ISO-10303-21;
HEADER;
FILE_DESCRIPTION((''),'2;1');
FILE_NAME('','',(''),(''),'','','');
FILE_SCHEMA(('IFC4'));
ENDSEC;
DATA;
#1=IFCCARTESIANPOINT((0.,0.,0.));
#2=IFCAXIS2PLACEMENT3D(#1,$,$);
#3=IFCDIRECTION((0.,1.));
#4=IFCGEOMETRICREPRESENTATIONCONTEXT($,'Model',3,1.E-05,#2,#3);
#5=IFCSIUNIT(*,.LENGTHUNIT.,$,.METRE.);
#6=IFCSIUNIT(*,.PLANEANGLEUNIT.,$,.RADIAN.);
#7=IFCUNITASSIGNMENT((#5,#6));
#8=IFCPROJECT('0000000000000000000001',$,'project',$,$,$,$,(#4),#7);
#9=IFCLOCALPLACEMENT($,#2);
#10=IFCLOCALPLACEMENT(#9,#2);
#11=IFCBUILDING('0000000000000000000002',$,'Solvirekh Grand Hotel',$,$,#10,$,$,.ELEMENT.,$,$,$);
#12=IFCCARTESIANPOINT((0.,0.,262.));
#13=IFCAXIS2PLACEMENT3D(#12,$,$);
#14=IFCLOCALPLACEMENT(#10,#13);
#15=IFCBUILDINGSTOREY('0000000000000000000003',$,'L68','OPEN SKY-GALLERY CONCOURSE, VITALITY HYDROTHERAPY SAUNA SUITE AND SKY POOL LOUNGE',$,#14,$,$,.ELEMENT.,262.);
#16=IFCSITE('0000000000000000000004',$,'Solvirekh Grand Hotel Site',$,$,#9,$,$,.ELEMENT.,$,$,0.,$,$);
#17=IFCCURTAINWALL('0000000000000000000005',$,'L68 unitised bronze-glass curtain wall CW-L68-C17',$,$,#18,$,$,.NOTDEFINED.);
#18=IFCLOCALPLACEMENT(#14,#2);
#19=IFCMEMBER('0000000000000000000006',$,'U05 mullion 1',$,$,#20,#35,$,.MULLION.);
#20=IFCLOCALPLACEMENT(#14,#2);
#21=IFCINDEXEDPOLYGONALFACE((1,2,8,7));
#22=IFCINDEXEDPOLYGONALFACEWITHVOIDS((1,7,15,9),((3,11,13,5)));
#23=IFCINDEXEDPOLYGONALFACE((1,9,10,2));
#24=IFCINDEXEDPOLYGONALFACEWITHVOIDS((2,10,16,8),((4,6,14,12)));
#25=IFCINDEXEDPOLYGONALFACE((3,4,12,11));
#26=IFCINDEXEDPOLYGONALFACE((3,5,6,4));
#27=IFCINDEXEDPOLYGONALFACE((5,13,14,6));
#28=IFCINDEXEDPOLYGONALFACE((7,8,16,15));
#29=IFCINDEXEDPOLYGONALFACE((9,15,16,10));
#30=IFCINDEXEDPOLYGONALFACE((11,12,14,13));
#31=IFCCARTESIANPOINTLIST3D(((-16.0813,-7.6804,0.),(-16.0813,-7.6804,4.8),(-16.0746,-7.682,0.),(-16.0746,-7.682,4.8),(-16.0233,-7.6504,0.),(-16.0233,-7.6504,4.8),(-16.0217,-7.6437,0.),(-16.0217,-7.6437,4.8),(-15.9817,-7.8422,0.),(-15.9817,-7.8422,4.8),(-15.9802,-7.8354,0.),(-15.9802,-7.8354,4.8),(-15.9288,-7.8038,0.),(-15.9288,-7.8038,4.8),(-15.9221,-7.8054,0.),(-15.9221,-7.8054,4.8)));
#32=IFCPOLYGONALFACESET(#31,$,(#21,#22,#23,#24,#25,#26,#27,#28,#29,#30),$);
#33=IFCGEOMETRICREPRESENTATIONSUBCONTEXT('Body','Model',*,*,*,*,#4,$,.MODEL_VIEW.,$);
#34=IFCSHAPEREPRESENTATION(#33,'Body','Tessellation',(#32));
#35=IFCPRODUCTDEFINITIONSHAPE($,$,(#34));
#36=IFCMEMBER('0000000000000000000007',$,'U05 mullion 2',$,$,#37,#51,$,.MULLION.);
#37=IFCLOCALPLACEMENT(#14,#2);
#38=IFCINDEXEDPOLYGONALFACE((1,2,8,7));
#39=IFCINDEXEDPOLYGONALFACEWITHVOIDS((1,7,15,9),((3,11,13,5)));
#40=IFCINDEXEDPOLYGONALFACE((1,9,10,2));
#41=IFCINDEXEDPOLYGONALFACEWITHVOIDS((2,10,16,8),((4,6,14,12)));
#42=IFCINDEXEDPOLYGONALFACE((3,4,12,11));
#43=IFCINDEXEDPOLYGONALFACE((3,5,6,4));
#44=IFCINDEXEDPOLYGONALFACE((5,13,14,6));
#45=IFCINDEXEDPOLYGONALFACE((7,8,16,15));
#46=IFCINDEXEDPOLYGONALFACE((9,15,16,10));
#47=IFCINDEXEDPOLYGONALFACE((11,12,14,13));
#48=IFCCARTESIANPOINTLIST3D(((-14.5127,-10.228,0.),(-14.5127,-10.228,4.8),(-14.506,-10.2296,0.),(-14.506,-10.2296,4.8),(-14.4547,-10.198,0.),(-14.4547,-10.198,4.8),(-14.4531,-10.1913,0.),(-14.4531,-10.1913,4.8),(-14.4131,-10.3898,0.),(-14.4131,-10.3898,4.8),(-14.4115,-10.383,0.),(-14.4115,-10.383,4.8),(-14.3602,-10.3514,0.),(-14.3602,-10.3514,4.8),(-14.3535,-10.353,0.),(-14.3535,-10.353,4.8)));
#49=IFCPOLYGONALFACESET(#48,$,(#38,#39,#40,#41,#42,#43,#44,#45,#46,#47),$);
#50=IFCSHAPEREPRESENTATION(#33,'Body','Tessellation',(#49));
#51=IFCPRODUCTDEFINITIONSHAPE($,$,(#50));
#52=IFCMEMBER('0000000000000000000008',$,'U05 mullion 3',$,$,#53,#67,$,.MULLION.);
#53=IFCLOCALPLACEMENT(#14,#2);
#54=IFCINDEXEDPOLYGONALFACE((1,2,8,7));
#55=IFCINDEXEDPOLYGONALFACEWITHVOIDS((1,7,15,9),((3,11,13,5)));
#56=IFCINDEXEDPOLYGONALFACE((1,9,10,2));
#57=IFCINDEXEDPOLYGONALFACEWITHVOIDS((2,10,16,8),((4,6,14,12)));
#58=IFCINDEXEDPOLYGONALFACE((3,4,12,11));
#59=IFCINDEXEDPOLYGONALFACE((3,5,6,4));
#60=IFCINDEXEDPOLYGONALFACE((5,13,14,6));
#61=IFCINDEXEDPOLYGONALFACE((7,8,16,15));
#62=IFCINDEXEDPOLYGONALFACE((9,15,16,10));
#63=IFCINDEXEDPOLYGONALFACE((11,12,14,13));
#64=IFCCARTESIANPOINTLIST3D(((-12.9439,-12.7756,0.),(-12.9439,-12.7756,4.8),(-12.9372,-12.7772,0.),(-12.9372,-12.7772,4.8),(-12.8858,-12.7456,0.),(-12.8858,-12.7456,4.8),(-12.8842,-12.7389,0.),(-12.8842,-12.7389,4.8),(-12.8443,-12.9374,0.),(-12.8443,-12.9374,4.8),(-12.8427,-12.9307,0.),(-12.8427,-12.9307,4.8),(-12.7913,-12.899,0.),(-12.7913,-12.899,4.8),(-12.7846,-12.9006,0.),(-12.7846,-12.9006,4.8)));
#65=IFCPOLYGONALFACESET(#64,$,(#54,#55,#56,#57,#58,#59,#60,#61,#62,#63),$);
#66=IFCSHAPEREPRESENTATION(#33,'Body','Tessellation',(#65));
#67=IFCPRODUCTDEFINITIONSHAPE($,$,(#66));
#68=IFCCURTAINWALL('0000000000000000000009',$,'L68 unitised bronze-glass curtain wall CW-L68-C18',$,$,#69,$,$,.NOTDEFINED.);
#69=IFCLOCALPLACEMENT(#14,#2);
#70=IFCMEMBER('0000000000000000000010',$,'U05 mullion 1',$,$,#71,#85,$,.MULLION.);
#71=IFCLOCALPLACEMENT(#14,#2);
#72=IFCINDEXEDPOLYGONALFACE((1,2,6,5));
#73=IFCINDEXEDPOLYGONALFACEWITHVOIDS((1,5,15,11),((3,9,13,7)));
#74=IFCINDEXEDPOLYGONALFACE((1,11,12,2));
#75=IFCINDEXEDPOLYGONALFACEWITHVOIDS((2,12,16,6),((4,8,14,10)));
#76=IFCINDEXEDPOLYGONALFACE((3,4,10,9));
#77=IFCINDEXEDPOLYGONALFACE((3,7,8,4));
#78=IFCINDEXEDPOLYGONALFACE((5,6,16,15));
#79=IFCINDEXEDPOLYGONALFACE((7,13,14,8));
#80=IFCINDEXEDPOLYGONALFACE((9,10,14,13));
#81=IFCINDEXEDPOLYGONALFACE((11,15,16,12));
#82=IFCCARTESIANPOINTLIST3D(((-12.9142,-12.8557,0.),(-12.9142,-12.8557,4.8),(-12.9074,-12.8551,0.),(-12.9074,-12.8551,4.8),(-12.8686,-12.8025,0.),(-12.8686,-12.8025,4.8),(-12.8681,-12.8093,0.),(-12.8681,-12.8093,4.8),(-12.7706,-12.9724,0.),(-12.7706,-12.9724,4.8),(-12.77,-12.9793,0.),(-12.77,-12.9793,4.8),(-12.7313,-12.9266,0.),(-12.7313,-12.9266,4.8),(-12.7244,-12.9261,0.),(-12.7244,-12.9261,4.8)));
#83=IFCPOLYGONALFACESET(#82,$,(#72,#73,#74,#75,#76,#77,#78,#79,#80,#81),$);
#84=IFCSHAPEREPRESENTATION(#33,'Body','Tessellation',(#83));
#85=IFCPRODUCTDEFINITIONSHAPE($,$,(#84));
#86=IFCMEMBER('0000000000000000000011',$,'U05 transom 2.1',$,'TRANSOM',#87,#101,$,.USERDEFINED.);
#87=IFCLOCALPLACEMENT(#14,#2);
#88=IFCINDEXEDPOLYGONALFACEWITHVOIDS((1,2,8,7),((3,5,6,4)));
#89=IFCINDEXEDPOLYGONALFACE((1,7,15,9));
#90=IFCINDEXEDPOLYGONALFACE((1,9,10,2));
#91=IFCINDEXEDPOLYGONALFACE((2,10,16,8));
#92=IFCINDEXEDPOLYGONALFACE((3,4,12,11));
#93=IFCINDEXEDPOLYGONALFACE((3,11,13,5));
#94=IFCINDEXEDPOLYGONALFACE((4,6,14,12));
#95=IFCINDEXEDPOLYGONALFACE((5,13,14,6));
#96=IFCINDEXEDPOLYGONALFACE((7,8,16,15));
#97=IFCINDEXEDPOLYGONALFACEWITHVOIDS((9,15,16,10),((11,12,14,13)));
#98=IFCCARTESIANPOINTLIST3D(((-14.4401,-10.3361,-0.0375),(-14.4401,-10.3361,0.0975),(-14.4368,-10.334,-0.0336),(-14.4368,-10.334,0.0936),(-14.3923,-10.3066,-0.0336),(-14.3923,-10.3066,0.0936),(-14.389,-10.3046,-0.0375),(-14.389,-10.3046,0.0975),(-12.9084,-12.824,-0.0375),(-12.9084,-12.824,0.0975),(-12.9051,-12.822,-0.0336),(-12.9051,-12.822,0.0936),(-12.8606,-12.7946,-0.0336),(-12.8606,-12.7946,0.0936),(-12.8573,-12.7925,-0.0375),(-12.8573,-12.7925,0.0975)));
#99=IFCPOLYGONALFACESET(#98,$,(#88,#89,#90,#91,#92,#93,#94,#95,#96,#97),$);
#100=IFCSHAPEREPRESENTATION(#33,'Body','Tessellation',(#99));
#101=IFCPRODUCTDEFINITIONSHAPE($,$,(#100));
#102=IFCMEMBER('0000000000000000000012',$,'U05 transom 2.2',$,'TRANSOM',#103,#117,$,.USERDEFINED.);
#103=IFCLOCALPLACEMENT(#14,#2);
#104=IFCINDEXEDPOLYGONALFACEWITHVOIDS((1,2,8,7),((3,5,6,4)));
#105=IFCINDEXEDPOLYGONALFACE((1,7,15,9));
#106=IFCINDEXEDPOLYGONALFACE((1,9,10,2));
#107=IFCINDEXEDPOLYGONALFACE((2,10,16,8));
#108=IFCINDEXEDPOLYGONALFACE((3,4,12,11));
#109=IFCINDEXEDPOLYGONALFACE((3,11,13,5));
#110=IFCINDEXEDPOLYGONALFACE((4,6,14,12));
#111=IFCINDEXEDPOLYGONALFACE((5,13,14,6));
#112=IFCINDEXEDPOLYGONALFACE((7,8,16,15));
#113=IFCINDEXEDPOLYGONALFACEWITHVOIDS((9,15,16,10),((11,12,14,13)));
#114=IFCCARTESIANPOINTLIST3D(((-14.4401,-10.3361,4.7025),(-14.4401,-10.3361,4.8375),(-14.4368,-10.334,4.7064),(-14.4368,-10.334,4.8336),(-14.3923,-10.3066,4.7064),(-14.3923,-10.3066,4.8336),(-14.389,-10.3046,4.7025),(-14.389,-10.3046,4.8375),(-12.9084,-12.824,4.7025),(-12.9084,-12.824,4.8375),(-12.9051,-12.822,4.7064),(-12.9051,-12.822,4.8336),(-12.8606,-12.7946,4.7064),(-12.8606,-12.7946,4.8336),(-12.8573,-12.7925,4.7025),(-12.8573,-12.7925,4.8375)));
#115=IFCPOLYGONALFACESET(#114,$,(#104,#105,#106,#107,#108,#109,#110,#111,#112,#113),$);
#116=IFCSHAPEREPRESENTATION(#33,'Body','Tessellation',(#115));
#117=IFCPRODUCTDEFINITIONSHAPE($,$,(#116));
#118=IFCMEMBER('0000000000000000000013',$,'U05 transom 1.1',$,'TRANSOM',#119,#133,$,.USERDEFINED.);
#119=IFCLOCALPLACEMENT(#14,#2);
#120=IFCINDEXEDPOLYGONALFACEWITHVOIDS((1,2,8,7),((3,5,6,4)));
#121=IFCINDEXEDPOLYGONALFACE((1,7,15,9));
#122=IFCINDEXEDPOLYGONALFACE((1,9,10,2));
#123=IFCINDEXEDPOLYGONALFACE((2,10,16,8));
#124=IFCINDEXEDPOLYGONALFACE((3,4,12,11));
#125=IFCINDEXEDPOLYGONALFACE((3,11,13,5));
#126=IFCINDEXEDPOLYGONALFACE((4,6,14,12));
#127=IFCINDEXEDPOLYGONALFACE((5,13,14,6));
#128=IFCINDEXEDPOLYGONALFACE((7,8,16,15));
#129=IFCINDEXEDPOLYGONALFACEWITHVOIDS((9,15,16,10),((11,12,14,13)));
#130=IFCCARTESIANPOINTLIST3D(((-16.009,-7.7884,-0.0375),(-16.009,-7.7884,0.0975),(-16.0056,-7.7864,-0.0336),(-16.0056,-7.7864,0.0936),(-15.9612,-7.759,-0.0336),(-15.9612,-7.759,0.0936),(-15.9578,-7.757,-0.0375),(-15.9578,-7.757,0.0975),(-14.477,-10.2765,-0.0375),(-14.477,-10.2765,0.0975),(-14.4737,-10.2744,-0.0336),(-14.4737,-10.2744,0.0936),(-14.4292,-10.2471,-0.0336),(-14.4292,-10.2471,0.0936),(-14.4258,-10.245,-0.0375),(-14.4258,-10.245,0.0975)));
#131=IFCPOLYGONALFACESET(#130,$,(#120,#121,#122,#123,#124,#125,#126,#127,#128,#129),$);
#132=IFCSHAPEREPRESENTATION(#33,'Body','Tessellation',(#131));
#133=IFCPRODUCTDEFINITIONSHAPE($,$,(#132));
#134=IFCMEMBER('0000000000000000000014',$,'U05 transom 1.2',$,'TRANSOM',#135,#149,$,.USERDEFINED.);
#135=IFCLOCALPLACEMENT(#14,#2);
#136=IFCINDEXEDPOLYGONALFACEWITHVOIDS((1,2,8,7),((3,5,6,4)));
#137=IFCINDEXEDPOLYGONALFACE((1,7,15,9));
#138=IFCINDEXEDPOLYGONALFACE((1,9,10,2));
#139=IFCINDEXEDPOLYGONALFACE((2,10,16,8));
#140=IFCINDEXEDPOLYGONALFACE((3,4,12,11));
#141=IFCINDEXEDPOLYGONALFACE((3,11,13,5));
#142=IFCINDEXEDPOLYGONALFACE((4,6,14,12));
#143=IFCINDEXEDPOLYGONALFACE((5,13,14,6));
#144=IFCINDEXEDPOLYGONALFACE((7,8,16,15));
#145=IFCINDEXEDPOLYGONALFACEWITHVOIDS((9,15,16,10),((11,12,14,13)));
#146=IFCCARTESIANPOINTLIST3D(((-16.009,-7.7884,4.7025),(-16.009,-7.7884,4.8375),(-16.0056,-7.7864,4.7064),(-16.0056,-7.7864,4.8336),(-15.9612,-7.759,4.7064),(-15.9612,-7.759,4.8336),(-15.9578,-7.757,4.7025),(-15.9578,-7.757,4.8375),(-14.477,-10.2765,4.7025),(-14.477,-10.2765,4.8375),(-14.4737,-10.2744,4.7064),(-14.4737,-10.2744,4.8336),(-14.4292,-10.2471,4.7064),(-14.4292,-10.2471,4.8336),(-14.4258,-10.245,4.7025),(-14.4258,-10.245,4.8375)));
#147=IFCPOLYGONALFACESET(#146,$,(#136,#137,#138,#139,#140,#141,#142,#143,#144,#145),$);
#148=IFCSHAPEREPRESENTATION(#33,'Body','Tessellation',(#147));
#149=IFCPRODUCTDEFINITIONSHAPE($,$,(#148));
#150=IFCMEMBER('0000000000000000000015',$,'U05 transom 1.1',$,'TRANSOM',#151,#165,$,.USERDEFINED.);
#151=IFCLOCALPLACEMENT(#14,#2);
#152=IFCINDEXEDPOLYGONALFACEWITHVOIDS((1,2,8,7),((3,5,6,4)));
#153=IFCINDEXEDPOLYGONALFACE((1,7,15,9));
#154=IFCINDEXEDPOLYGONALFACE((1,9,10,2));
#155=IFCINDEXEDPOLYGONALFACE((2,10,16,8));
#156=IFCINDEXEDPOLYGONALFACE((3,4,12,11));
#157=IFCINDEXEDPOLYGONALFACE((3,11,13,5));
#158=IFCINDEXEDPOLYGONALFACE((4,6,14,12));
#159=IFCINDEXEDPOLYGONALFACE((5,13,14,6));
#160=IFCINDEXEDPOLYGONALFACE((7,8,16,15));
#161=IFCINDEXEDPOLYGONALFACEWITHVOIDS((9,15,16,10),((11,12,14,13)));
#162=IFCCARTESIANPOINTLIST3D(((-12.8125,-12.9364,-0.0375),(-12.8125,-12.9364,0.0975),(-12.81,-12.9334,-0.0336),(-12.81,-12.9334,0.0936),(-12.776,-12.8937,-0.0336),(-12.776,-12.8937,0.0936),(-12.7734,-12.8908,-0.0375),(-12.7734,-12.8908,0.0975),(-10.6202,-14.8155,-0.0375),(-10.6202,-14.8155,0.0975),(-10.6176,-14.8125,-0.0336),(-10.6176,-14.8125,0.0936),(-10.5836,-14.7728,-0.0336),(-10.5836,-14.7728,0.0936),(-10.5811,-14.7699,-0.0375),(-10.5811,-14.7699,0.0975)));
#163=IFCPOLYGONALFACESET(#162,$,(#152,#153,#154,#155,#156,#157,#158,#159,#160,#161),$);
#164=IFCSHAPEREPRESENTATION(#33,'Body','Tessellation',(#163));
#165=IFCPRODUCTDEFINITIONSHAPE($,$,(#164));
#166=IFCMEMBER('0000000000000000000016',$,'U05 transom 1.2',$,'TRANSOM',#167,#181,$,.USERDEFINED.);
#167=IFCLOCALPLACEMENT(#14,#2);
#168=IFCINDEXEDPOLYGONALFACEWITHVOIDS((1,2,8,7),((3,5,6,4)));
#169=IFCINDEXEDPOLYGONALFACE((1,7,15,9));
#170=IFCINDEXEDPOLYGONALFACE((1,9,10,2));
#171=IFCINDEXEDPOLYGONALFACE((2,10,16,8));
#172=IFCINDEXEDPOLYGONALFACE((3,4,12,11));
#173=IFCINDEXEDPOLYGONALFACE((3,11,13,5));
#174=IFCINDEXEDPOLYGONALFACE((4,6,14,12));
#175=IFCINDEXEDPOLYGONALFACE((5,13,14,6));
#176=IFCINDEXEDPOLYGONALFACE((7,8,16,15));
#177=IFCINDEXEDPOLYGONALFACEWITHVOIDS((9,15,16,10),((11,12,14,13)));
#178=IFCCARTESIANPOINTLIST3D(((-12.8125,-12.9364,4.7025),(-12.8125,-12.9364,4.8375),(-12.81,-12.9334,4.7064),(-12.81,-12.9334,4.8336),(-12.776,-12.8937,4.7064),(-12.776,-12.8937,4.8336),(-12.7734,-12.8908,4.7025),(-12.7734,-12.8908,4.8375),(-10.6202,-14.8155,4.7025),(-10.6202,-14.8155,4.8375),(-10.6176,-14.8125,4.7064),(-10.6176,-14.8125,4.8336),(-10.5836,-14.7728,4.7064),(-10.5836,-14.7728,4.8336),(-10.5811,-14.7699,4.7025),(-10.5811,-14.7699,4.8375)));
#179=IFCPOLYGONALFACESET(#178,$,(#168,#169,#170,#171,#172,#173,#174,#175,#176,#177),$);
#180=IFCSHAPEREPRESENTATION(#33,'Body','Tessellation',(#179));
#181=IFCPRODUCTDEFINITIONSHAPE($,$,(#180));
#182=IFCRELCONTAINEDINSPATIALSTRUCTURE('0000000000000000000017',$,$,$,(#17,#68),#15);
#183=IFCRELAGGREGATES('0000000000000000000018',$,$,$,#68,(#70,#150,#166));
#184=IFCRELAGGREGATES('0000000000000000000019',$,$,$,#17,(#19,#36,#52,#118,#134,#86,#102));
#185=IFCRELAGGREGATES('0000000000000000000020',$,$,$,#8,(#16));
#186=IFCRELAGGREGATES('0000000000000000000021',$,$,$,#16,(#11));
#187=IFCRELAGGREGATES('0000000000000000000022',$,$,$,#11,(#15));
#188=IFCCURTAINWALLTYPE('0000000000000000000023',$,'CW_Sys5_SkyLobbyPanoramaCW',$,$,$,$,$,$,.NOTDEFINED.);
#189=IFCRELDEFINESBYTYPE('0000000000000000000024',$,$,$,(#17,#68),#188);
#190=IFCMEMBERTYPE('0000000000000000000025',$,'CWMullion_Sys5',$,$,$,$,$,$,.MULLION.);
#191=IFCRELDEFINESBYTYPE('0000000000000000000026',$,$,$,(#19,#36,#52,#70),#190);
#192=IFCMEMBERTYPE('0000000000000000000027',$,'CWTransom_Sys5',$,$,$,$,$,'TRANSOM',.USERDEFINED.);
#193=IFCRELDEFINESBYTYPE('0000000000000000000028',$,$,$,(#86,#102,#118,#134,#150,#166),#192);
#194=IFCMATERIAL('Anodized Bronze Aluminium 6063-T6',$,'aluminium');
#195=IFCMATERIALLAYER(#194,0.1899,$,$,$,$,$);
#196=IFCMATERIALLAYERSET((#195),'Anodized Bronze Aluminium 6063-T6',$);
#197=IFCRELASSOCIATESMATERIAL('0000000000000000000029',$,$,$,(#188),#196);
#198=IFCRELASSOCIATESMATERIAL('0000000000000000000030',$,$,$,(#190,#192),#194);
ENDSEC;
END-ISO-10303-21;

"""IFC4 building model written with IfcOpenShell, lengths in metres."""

from ifc_helpers import new_model, si_unit, direction, frame, origin, origin_2d, place, context, subcontext, project, spatial, hollow_rectangle, extrude, source, transform, mapped, material, layer, layer_set, material_profile, profile_set, type_object, element, aggregate, save


model = new_model("IFC4")

# Units and contexts
model_context = context("Model", 3, precision=1e-05, world=origin(), true_north=direction((0.0, 1.0)))
body_context = subcontext(model_context, "Body", "Model", "MODEL_VIEW")
ifc_project = project(units=[si_unit("LENGTHUNIT", "METRE"), si_unit("PLANEANGLEUNIT", "RADIAN")], contexts=[model_context])

# Site, building, storey
site_placement = place(None, origin())
site = spatial("IfcSite", under=ifc_project, at=site_placement, Name="Solvirekh Grand Hotel Site", CompositionType="ELEMENT", RefElevation=0.0)
building_placement = place(site_placement, origin())
building = spatial("IfcBuilding", under=site, at=building_placement, Name="Solvirekh Grand Hotel", CompositionType="ELEMENT")
storey_placement = place(building_placement, frame((0.0, 0.0, 262.0)))
storey = spatial("IfcBuildingStorey", under=building, at=storey_placement, Name="L68", Description="OPEN SKY-GALLERY CONCOURSE, VITALITY HYDROTHERAPY SAUNA SUITE AND SKY POOL LOUNGE", CompositionType="ELEMENT", Elevation=262.0)

# Curtain wall, members
ifc_material_1 = material(Name="Anodized Bronze Aluminium 6063-T6", Category="aluminium")
ifc_layer_1 = layer(ifc_material_1, 0.1899)
ifc_layer_set_1 = layer_set([ifc_layer_1], Name="Anodized Bronze Aluminium 6063-T6")
curtain_wall_type = type_object("IfcCurtainWallType", Name="CW_Sys5_SkyLobbyPanoramaCW", PredefinedType="NOTDEFINED", material=ifc_layer_set_1)
curtain_wall_1_placement = place(storey_placement, origin())
curtain_wall_1 = element("IfcCurtainWall", 1, at=curtain_wall_1_placement, inside=storey, type_object=curtain_wall_type, Name="L68 unitised bronze-glass curtain wall CW-L68-C17", PredefinedType="NOTDEFINED")
ifc_material_profile_1 = material_profile(ifc_material_1, hollow_rectangle(XDim=0.0701, YDim=0.1899, WallThickness=0.0049, at=origin_2d()), Name="ALU RHS 190X70X5")
ifc_profile_set_1 = profile_set([ifc_material_profile_1], Name="Anodized Bronze Aluminium 6063-T6")
member_type_1 = type_object("IfcMemberType", Name="CWMullion_Sys5", PredefinedType="MULLION", material=ifc_profile_set_1)
shared_shape_1 = source(origin(), body_context, "Body", "SweptSolid", [
    extrude(hollow_rectangle(XDim=0.0701, YDim=0.1899, WallThickness=0.0049, at=origin_2d()), origin(), (0.0, 0.0, 1.0), 4.8),
])
member_1_placement = place(storey_placement, frame((-16.0017, -7.7429, 0.0), z_axis=(0.0, 0.0, 1.0), x_axis=(0.851534, 0.5243, 0.0)))
member_1 = element("IfcMember", 2, at=member_1_placement, type_object=member_type_1, Name="U05 mullion 1", PredefinedType="MULLION", context=body_context, shape_type="MappedRepresentation", body=[
    mapped(shared_shape_1, transform((0.0, 0.0, 0.0), x_axis=(1.0, 0.0, 0.0), y_axis=(0.0, 1.0, 0.0), z_axis=(0.0, 0.0, 1.0), scale=1.0)),
])
member_2_placement = place(storey_placement, frame((-14.4331, -10.2905, 0.0), z_axis=(0.0, 0.0, 1.0), x_axis=(0.851534, 0.5243, 0.0)))
member_2 = element("IfcMember", 3, at=member_2_placement, type_object=member_type_1, Name="U05 mullion 2", PredefinedType="MULLION", context=body_context, shape_type="MappedRepresentation", body=[
    mapped(shared_shape_1, transform((0.0, 0.0, 0.0), x_axis=(1.0, 0.0, 0.0), y_axis=(0.0, 1.0, 0.0), z_axis=(0.0, 0.0, 1.0), scale=1.0)),
])
member_3_placement = place(storey_placement, frame((-12.8643, -12.8381, 0.0), z_axis=(0.0, 0.0, 1.0), x_axis=(0.851534, 0.5243, 0.0)))
member_3 = element("IfcMember", 4, at=member_3_placement, type_object=member_type_1, Name="U05 mullion 3", PredefinedType="MULLION", context=body_context, shape_type="MappedRepresentation", body=[
    mapped(shared_shape_1, transform((0.0, 0.0, 0.0), x_axis=(1.0, 0.0, 0.0), y_axis=(0.0, 1.0, 0.0), z_axis=(0.0, 0.0, 1.0), scale=1.0)),
])

# Curtain wall, member
curtain_wall_2_placement = place(storey_placement, origin())
curtain_wall_2 = element("IfcCurtainWall", 5, at=curtain_wall_2_placement, inside=storey, type_object=curtain_wall_type, Name="L68 unitised bronze-glass curtain wall CW-L68-C18", PredefinedType="NOTDEFINED")
member_4_placement = place(storey_placement, frame((-12.8193, -12.8909, 0.0), z_axis=(0.0, 0.0, 1.0), x_axis=(0.650805, 0.759245, 0.0)))
member_4 = element("IfcMember", 6, at=member_4_placement, type_object=member_type_1, Name="U05 mullion 1", PredefinedType="MULLION", context=body_context, shape_type="MappedRepresentation", body=[
    mapped(shared_shape_1, transform((0.0, 0.0, 0.0), x_axis=(1.0, 0.0, 0.0), y_axis=(0.0, 1.0, 0.0), z_axis=(0.0, 0.0, 1.0), scale=1.0)),
])

# Members
ifc_material_profile_2 = material_profile(ifc_material_1, hollow_rectangle(XDim=0.0601, YDim=0.135, WallThickness=0.0039, at=origin_2d()), Name="ALU RHS 135X60X4")
ifc_profile_set_2 = profile_set([ifc_material_profile_2], Name="Anodized Bronze Aluminium 6063-T6")
member_type_2 = type_object("IfcMemberType", Name="CWTransom_Sys5", ElementType="TRANSOM", PredefinedType="USERDEFINED", material=ifc_profile_set_2)
shared_shape_2 = source(origin(), body_context, "Body", "SweptSolid", [
    extrude(hollow_rectangle(XDim=0.0601, YDim=0.135, WallThickness=0.0039, at=origin_2d()), origin(), (0.0, 0.0, 1.0), 2.9216),
])
member_5_placement = place(storey_placement, frame((-14.4146, -10.3203, 0.03), z_axis=(0.524256, -0.851561, 0.0), x_axis=(0.851561, 0.524256, 0.0)))
member_5 = element("IfcMember", 7, at=member_5_placement, type_object=member_type_2, Name="U05 transom 2.1", ObjectType="TRANSOM", PredefinedType="USERDEFINED", context=body_context, shape_type="MappedRepresentation", body=[
    mapped(shared_shape_2, transform((0.0, 0.0, 0.0), x_axis=(1.0, 0.0, 0.0), y_axis=(0.0, 1.0, 0.0), z_axis=(0.0, 0.0, 1.0), scale=1.0)),
])
member_6_placement = place(storey_placement, frame((-14.4146, -10.3203, 4.77), z_axis=(0.524256, -0.851561, 0.0), x_axis=(0.851561, 0.524256, 0.0)))
member_6 = element("IfcMember", 8, at=member_6_placement, type_object=member_type_2, Name="U05 transom 2.2", ObjectType="TRANSOM", PredefinedType="USERDEFINED", context=body_context, shape_type="MappedRepresentation", body=[
    mapped(shared_shape_2, transform((0.0, 0.0, 0.0), x_axis=(1.0, 0.0, 0.0), y_axis=(0.0, 1.0, 0.0), z_axis=(0.0, 0.0, 1.0), scale=1.0)),
])
shared_shape_3 = source(origin(), body_context, "Body", "SweptSolid", [
    extrude(hollow_rectangle(XDim=0.0601, YDim=0.135, WallThickness=0.0039, at=origin_2d()), origin(), (0.0, 0.0, 1.0), 2.9219),
])
member_7_placement = place(storey_placement, frame((-15.9834, -7.7727, 0.03), z_axis=(0.524317, -0.851523, 0.0), x_axis=(0.851523, 0.524317, 0.0)))
member_7 = element("IfcMember", 9, at=member_7_placement, type_object=member_type_2, Name="U05 transom 1.1", ObjectType="TRANSOM", PredefinedType="USERDEFINED", context=body_context, shape_type="MappedRepresentation", body=[
    mapped(shared_shape_3, transform((0.0, 0.0, 0.0), x_axis=(1.0, 0.0, 0.0), y_axis=(0.0, 1.0, 0.0), z_axis=(0.0, 0.0, 1.0), scale=1.0)),
])
member_8_placement = place(storey_placement, frame((-15.9834, -7.7727, 4.77), z_axis=(0.524317, -0.851523, 0.0), x_axis=(0.851523, 0.524317, 0.0)))
member_8 = element("IfcMember", 10, at=member_8_placement, type_object=member_type_2, Name="U05 transom 1.2", ObjectType="TRANSOM", PredefinedType="USERDEFINED", context=body_context, shape_type="MappedRepresentation", body=[
    mapped(shared_shape_3, transform((0.0, 0.0, 0.0), x_axis=(1.0, 0.0, 0.0), y_axis=(0.0, 1.0, 0.0), z_axis=(0.0, 0.0, 1.0), scale=1.0)),
])
shared_shape_4 = source(origin(), body_context, "Body", "SweptSolid", [
    extrude(hollow_rectangle(XDim=0.0601, YDim=0.135, WallThickness=0.0039, at=origin_2d()), origin(), (0.0, 0.0, 1.0), 2.8875),
])
member_9_placement = place(storey_placement, frame((-12.793, -12.9136, 0.03), z_axis=(0.759263, -0.650784, 0.0), x_axis=(0.650784, 0.759263, 0.0)))
member_9 = element("IfcMember", 11, at=member_9_placement, type_object=member_type_2, Name="U05 transom 1.1", ObjectType="TRANSOM", PredefinedType="USERDEFINED", context=body_context, shape_type="MappedRepresentation", body=[
    mapped(shared_shape_4, transform((0.0, 0.0, 0.0), x_axis=(1.0, 0.0, 0.0), y_axis=(0.0, 1.0, 0.0), z_axis=(0.0, 0.0, 1.0), scale=1.0)),
])
member_10_placement = place(storey_placement, frame((-12.793, -12.9136, 4.77), z_axis=(0.759263, -0.650784, 0.0), x_axis=(0.650784, 0.759263, 0.0)))
member_10 = element("IfcMember", 12, at=member_10_placement, type_object=member_type_2, Name="U05 transom 1.2", ObjectType="TRANSOM", PredefinedType="USERDEFINED", context=body_context, shape_type="MappedRepresentation", body=[
    mapped(shared_shape_4, transform((0.0, 0.0, 0.0), x_axis=(1.0, 0.0, 0.0), y_axis=(0.0, 1.0, 0.0), z_axis=(0.0, 0.0, 1.0), scale=1.0)),
])
aggregate(curtain_wall_2, [member_4, member_9, member_10])

aggregate(curtain_wall_1, [member_1, member_2, member_3, member_7, member_8, member_5, member_6])

save(model, "model.ifc")
